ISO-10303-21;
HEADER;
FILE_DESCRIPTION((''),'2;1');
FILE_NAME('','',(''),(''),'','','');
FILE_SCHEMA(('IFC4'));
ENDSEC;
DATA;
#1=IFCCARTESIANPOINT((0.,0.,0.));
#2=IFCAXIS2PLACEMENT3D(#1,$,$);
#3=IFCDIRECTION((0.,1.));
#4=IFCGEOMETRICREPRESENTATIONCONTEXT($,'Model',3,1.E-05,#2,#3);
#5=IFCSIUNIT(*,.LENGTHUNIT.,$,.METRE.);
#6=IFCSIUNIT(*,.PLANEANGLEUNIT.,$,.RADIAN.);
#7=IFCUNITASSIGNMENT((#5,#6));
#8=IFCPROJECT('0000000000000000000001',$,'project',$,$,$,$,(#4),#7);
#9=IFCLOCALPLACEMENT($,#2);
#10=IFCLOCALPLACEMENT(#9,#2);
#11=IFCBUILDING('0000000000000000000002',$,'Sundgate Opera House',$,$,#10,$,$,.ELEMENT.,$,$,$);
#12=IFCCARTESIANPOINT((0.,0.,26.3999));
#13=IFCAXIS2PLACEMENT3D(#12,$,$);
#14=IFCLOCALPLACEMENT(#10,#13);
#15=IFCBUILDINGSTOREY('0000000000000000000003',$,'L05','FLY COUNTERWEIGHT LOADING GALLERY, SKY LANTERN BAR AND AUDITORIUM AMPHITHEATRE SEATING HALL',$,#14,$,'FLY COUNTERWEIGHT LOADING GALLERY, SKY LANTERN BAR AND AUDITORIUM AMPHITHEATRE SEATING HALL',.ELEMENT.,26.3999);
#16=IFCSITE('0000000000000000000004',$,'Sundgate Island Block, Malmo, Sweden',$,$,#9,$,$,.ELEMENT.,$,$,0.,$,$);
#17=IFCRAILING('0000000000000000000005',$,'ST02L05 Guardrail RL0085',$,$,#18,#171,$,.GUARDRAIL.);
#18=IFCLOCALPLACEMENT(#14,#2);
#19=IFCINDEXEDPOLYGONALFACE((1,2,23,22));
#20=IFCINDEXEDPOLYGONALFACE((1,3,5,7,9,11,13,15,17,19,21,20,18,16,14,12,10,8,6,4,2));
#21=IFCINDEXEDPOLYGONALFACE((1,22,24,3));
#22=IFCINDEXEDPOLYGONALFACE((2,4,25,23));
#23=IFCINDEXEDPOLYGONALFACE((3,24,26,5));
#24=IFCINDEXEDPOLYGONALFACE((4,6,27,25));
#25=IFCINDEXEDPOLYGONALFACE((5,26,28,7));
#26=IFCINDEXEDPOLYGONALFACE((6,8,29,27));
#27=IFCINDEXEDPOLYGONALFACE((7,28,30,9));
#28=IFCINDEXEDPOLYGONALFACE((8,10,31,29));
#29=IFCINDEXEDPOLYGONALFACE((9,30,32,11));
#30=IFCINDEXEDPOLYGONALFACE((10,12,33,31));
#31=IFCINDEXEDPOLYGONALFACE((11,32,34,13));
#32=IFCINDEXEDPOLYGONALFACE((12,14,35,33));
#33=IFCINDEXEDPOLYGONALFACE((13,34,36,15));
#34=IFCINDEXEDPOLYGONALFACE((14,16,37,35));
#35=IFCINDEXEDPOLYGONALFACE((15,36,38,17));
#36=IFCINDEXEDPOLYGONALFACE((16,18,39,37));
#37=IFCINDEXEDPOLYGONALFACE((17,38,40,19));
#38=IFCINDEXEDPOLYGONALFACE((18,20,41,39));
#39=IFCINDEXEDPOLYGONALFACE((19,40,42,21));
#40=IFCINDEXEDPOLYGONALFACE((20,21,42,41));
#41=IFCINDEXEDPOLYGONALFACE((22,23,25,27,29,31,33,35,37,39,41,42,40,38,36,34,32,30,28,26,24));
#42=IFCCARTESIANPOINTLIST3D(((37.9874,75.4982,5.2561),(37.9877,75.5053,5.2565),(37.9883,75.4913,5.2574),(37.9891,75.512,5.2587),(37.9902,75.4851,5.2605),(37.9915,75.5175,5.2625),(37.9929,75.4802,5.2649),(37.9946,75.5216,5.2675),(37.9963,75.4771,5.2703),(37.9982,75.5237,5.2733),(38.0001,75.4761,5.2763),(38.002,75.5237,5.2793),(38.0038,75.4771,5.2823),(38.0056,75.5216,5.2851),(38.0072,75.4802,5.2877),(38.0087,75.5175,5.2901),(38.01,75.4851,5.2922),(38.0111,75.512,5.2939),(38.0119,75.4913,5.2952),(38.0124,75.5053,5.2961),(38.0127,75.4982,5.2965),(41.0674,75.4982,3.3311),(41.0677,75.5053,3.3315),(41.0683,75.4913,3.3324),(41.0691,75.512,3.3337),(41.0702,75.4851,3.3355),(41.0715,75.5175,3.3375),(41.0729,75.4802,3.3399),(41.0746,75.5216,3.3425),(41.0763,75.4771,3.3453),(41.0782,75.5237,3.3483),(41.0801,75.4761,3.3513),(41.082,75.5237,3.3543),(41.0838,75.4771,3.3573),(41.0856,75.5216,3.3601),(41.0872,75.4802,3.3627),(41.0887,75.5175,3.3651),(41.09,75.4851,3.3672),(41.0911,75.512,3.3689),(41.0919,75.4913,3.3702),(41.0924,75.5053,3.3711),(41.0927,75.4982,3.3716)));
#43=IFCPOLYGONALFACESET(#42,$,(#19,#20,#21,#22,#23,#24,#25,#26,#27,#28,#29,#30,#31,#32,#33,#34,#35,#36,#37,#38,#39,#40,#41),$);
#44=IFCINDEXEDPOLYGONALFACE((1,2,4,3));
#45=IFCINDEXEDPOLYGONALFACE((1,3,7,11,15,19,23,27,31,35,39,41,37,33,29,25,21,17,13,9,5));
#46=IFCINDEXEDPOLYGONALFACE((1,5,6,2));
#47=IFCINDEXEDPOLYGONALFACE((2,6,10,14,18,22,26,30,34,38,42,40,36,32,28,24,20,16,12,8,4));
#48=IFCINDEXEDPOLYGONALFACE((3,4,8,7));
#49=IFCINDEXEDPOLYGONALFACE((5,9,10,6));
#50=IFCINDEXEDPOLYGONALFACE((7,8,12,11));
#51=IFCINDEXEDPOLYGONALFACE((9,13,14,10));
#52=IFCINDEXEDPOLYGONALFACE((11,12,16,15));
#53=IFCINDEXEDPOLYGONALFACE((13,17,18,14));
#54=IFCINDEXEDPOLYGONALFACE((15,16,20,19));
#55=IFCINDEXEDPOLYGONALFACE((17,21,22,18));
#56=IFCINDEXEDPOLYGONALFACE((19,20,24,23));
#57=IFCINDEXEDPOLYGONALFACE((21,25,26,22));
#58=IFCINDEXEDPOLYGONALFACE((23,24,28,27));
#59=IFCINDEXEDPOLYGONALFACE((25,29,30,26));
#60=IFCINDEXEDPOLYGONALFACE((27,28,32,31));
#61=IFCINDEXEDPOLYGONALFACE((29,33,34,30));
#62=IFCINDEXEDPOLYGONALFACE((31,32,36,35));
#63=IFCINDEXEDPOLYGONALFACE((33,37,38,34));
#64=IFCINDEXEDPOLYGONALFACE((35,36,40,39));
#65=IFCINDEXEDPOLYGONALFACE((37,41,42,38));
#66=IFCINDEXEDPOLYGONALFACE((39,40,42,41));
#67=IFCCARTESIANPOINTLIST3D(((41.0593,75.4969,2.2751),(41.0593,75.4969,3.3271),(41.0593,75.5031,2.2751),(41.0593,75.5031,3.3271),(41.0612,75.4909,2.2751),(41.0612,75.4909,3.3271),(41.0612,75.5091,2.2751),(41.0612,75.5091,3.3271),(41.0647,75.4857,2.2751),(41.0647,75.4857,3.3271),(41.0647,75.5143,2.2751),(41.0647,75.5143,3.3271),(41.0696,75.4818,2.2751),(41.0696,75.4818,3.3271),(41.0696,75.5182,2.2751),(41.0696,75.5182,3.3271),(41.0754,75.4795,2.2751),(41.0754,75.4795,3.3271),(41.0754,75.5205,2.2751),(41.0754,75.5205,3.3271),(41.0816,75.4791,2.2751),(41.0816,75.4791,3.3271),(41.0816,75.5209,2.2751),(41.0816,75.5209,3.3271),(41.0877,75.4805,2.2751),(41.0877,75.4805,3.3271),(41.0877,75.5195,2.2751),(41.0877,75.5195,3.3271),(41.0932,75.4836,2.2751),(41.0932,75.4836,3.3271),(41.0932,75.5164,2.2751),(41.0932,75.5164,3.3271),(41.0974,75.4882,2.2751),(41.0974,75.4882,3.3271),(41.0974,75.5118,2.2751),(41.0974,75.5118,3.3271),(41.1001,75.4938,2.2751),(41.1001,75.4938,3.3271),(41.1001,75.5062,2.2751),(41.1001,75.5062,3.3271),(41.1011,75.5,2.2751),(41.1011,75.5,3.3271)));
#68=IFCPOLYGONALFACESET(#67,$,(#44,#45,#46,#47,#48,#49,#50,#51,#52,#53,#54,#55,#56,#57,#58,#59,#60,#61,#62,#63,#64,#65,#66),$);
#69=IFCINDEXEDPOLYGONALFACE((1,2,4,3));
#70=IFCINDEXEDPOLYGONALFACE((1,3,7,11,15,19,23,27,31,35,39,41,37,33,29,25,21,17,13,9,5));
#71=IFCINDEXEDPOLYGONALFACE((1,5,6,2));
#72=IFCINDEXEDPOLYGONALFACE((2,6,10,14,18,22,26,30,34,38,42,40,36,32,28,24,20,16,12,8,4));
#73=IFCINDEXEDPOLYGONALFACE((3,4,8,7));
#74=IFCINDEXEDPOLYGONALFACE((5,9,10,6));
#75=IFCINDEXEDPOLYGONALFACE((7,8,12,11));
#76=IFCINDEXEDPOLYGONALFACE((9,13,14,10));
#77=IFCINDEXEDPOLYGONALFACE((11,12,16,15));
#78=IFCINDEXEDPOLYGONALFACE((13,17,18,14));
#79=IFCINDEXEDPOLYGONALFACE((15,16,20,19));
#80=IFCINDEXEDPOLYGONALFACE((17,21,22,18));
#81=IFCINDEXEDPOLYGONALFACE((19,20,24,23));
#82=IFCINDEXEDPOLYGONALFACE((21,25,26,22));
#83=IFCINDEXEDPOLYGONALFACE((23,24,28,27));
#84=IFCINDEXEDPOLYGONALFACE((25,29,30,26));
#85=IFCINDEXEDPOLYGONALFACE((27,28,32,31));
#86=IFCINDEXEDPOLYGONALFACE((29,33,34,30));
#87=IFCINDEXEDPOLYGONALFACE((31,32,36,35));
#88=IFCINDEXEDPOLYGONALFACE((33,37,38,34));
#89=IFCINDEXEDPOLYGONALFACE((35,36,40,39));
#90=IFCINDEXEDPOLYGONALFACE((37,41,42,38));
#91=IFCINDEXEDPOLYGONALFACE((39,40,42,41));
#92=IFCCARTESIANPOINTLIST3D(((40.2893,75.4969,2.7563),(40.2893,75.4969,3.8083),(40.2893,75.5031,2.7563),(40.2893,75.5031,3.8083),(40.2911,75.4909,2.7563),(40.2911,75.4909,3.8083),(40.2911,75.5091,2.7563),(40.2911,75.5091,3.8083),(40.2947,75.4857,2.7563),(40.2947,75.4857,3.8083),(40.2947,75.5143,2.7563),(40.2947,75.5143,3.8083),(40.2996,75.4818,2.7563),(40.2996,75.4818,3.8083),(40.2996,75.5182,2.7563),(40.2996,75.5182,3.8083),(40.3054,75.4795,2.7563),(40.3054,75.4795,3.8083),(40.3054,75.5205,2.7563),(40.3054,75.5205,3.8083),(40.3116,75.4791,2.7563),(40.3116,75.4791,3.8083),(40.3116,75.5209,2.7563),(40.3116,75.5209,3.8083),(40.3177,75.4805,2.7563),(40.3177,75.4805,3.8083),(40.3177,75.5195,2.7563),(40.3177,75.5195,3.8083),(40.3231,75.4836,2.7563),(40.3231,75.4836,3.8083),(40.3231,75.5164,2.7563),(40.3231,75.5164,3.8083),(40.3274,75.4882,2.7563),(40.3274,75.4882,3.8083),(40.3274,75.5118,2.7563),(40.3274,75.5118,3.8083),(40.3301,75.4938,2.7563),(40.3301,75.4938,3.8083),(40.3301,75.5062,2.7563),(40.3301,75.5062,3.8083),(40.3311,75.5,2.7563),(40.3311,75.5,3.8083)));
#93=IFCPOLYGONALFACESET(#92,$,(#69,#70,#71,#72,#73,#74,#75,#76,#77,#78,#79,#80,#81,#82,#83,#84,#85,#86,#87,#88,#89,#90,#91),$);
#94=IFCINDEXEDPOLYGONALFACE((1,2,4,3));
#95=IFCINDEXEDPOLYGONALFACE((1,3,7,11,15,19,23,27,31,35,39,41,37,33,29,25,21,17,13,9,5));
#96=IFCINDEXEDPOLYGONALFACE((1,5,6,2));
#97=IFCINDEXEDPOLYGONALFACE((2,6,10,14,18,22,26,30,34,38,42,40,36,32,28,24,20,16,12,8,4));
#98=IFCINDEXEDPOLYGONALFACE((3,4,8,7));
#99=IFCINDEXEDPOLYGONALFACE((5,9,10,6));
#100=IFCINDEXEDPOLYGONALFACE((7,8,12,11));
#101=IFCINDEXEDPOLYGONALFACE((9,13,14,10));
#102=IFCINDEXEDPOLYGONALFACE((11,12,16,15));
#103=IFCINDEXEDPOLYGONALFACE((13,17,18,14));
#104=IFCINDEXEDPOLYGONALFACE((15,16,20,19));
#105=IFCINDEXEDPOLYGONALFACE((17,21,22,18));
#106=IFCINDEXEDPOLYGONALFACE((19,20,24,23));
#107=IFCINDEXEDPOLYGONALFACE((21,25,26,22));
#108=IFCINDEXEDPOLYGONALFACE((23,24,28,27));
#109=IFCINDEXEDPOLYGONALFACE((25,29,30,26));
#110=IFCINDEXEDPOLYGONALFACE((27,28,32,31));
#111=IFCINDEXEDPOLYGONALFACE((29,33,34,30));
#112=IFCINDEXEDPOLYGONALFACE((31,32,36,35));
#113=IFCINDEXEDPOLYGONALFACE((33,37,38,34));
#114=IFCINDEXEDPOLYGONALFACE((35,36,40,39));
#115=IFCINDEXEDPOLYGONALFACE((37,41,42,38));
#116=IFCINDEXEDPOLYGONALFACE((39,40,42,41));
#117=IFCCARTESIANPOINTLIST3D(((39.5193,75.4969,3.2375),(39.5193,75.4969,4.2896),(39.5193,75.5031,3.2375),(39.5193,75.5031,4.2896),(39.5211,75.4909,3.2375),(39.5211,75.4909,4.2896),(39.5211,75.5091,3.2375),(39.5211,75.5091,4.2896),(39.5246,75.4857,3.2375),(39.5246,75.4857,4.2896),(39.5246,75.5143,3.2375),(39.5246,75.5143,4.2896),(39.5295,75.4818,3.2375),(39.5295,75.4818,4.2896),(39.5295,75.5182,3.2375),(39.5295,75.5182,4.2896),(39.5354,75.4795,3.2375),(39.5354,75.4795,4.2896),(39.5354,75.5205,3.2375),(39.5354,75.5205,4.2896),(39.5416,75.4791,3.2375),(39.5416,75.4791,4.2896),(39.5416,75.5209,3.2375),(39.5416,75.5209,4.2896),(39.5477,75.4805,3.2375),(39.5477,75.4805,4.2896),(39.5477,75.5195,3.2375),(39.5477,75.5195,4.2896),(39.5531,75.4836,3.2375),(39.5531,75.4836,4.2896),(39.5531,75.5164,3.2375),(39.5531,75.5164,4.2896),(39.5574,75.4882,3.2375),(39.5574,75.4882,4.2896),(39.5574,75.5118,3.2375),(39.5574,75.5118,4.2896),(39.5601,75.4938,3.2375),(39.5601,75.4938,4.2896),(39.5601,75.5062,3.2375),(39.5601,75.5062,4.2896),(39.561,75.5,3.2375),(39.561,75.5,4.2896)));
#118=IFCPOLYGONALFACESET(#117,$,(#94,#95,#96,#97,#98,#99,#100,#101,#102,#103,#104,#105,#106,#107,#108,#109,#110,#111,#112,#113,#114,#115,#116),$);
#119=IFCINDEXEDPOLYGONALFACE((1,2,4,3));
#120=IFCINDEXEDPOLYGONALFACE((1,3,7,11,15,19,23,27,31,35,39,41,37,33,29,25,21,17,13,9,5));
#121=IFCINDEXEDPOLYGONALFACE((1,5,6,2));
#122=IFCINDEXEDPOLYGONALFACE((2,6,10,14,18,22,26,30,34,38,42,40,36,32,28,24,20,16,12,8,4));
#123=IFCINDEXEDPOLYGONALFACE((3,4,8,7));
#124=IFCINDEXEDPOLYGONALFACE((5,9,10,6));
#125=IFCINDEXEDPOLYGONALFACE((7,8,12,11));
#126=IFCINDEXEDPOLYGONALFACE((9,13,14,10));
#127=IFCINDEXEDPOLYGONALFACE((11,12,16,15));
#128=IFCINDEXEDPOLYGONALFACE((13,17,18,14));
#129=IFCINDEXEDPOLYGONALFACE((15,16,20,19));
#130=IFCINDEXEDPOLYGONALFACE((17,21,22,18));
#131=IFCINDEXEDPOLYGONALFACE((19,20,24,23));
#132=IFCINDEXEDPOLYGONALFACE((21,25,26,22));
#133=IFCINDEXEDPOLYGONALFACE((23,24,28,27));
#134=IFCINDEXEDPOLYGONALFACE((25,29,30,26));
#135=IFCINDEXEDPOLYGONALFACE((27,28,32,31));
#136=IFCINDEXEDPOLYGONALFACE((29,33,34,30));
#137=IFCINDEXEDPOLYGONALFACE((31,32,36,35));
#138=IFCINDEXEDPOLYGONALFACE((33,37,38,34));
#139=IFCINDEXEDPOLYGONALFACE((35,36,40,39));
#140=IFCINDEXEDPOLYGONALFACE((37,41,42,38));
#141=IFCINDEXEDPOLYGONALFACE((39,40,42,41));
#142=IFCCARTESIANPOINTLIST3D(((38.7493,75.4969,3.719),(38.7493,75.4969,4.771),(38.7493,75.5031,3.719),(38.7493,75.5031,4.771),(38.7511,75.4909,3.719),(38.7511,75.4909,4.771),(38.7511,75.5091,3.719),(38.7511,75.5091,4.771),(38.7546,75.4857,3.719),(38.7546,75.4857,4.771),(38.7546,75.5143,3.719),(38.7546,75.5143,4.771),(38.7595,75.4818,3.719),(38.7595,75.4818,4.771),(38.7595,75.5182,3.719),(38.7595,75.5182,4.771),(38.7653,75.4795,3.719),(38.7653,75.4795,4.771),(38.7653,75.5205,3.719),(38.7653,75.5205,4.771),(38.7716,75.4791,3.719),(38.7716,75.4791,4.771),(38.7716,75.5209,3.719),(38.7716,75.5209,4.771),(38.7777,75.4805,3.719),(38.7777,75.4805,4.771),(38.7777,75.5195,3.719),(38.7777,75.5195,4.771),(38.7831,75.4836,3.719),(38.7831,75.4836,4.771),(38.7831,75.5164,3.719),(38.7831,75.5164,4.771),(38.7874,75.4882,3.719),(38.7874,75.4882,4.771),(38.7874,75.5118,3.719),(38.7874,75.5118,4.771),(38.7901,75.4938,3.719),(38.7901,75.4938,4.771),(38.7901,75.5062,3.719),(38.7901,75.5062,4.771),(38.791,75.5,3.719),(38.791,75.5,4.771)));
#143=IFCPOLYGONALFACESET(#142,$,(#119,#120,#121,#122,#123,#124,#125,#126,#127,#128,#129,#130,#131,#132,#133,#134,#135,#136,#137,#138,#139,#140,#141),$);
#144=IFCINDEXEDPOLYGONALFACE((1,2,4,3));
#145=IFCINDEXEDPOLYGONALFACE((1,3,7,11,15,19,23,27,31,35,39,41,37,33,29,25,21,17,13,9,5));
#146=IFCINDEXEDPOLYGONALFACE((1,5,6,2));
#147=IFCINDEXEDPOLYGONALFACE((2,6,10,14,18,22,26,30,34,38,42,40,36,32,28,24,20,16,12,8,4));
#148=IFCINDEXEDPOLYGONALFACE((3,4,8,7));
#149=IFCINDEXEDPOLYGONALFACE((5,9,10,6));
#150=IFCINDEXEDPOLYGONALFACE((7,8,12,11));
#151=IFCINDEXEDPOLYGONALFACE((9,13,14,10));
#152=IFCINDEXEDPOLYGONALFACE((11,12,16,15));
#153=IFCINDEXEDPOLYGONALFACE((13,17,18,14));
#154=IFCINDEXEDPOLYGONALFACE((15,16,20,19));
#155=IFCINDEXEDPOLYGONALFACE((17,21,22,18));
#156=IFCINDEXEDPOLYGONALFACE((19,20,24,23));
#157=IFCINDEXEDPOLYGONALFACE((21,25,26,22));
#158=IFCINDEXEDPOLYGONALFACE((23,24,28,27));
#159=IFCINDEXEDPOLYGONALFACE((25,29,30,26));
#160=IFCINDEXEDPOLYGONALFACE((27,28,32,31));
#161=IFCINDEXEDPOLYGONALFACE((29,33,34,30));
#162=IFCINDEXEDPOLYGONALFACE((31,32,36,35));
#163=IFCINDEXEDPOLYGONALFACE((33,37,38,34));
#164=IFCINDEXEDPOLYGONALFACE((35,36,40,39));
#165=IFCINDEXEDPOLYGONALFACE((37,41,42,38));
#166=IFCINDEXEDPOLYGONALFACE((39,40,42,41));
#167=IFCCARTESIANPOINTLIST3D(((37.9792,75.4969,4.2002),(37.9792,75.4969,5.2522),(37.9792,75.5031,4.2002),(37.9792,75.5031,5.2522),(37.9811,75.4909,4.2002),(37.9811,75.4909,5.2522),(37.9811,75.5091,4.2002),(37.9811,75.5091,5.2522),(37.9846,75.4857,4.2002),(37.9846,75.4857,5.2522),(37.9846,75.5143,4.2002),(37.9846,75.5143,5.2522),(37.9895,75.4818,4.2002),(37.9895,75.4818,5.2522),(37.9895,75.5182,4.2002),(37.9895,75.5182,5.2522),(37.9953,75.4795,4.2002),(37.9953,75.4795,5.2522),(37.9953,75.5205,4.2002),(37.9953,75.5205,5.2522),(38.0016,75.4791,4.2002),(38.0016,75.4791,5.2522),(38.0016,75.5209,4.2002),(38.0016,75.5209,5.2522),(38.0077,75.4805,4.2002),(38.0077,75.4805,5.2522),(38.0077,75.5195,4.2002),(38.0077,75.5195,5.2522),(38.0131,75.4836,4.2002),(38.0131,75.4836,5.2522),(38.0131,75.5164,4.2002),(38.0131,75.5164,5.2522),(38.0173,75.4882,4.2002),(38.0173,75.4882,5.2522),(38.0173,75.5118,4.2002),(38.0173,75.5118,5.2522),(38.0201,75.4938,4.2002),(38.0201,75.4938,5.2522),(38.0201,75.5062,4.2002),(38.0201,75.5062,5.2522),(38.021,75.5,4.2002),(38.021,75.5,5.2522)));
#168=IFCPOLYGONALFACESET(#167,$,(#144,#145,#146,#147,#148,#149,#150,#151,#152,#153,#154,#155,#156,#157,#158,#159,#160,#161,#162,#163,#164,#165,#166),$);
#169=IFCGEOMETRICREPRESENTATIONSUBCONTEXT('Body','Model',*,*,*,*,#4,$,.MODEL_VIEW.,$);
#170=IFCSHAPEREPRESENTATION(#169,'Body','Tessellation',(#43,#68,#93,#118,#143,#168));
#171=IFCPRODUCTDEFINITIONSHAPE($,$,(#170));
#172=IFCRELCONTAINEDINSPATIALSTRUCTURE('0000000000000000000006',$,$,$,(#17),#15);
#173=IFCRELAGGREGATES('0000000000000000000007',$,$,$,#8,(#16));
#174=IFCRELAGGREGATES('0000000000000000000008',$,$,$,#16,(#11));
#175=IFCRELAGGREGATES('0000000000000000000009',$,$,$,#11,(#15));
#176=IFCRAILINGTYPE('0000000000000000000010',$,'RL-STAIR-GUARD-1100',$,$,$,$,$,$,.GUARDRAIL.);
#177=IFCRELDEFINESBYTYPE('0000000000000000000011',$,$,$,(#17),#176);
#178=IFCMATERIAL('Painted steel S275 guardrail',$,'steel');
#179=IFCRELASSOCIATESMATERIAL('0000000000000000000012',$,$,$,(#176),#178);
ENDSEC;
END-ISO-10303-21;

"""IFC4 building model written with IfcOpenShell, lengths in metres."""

from ifc_helpers import new_model, si_unit, direction, frame, origin, origin_2d, place, context, subcontext, project, spatial, circle, extrude, material, type_object, element, save


model = new_model("IFC4")

# Units and contexts
model_context = context("Model", 3, precision=1e-05, world=origin(), true_north=direction((0.0, 1.0)))
body_context = subcontext(model_context, "Body", "Model", "MODEL_VIEW")
ifc_project = project(units=[si_unit("LENGTHUNIT", "METRE"), si_unit("PLANEANGLEUNIT", "RADIAN")], contexts=[model_context])

# Site, building, storey
site_placement = place(None, origin())
site = spatial("IfcSite", under=ifc_project, at=site_placement, Name="Sundgate Island Block, Malmo, Sweden", CompositionType="ELEMENT", RefElevation=0.0)
building_placement = place(site_placement, origin())
building = spatial("IfcBuilding", under=site, at=building_placement, Name="Sundgate Opera House", CompositionType="ELEMENT")
storey_placement = place(building_placement, frame((0.0, 0.0, 26.3999)))
storey = spatial("IfcBuildingStorey", under=building, at=storey_placement, Name="L05", Description="FLY COUNTERWEIGHT LOADING GALLERY, SKY LANTERN BAR AND AUDITORIUM AMPHITHEATRE SEATING HALL", LongName="FLY COUNTERWEIGHT LOADING GALLERY, SKY LANTERN BAR AND AUDITORIUM AMPHITHEATRE SEATING HALL", CompositionType="ELEMENT", Elevation=26.3999)

# Railing
ifc_material_1 = material(Name="Painted steel S275 guardrail", Category="steel")
railing_type_1 = type_object("IfcRailingType", Name="RL-STAIR-GUARD-1100", PredefinedType="GUARDRAIL", material=ifc_material_1)
railing_1_placement = place(storey_placement, frame((41.0801, 75.5, 2.2751)))
element("IfcRailing", 1, at=railing_1_placement, inside=storey, type_object=railing_type_1, Name="ST02L05 Guardrail RL0085", PredefinedType="GUARDRAIL", context=body_context, shape_type="SweptSolid", body=[
    extrude(circle(Radius=0.0239, at=origin_2d()), frame((0.0, 0.0, 1.0762), z_axis=(-0.847998, 0.0, 0.529999), x_axis=(0.0, -1.0, 0.0)), (0.0, 0.0, 1.0), 3.6321),
    extrude(circle(Radius=0.021, at=origin_2d()), origin(), (0.0, 0.0, 1.0), 1.052),
    extrude(circle(Radius=0.021, at=origin_2d()), frame((-0.77, 0.0, 0.4812)), (0.0, 0.0, 1.0), 1.052),
    extrude(circle(Radius=0.021, at=origin_2d()), frame((-1.54, 0.0, 0.9624)), (0.0, 0.0, 1.0), 1.052),
    extrude(circle(Radius=0.021, at=origin_2d()), frame((-2.3101, 0.0, 1.4438)), (0.0, 0.0, 1.0), 1.052),
    extrude(circle(Radius=0.021, at=origin_2d()), frame((-3.0801, 0.0, 1.925)), (0.0, 0.0, 1.0), 1.052),
])

save(model, "model.ifc")
